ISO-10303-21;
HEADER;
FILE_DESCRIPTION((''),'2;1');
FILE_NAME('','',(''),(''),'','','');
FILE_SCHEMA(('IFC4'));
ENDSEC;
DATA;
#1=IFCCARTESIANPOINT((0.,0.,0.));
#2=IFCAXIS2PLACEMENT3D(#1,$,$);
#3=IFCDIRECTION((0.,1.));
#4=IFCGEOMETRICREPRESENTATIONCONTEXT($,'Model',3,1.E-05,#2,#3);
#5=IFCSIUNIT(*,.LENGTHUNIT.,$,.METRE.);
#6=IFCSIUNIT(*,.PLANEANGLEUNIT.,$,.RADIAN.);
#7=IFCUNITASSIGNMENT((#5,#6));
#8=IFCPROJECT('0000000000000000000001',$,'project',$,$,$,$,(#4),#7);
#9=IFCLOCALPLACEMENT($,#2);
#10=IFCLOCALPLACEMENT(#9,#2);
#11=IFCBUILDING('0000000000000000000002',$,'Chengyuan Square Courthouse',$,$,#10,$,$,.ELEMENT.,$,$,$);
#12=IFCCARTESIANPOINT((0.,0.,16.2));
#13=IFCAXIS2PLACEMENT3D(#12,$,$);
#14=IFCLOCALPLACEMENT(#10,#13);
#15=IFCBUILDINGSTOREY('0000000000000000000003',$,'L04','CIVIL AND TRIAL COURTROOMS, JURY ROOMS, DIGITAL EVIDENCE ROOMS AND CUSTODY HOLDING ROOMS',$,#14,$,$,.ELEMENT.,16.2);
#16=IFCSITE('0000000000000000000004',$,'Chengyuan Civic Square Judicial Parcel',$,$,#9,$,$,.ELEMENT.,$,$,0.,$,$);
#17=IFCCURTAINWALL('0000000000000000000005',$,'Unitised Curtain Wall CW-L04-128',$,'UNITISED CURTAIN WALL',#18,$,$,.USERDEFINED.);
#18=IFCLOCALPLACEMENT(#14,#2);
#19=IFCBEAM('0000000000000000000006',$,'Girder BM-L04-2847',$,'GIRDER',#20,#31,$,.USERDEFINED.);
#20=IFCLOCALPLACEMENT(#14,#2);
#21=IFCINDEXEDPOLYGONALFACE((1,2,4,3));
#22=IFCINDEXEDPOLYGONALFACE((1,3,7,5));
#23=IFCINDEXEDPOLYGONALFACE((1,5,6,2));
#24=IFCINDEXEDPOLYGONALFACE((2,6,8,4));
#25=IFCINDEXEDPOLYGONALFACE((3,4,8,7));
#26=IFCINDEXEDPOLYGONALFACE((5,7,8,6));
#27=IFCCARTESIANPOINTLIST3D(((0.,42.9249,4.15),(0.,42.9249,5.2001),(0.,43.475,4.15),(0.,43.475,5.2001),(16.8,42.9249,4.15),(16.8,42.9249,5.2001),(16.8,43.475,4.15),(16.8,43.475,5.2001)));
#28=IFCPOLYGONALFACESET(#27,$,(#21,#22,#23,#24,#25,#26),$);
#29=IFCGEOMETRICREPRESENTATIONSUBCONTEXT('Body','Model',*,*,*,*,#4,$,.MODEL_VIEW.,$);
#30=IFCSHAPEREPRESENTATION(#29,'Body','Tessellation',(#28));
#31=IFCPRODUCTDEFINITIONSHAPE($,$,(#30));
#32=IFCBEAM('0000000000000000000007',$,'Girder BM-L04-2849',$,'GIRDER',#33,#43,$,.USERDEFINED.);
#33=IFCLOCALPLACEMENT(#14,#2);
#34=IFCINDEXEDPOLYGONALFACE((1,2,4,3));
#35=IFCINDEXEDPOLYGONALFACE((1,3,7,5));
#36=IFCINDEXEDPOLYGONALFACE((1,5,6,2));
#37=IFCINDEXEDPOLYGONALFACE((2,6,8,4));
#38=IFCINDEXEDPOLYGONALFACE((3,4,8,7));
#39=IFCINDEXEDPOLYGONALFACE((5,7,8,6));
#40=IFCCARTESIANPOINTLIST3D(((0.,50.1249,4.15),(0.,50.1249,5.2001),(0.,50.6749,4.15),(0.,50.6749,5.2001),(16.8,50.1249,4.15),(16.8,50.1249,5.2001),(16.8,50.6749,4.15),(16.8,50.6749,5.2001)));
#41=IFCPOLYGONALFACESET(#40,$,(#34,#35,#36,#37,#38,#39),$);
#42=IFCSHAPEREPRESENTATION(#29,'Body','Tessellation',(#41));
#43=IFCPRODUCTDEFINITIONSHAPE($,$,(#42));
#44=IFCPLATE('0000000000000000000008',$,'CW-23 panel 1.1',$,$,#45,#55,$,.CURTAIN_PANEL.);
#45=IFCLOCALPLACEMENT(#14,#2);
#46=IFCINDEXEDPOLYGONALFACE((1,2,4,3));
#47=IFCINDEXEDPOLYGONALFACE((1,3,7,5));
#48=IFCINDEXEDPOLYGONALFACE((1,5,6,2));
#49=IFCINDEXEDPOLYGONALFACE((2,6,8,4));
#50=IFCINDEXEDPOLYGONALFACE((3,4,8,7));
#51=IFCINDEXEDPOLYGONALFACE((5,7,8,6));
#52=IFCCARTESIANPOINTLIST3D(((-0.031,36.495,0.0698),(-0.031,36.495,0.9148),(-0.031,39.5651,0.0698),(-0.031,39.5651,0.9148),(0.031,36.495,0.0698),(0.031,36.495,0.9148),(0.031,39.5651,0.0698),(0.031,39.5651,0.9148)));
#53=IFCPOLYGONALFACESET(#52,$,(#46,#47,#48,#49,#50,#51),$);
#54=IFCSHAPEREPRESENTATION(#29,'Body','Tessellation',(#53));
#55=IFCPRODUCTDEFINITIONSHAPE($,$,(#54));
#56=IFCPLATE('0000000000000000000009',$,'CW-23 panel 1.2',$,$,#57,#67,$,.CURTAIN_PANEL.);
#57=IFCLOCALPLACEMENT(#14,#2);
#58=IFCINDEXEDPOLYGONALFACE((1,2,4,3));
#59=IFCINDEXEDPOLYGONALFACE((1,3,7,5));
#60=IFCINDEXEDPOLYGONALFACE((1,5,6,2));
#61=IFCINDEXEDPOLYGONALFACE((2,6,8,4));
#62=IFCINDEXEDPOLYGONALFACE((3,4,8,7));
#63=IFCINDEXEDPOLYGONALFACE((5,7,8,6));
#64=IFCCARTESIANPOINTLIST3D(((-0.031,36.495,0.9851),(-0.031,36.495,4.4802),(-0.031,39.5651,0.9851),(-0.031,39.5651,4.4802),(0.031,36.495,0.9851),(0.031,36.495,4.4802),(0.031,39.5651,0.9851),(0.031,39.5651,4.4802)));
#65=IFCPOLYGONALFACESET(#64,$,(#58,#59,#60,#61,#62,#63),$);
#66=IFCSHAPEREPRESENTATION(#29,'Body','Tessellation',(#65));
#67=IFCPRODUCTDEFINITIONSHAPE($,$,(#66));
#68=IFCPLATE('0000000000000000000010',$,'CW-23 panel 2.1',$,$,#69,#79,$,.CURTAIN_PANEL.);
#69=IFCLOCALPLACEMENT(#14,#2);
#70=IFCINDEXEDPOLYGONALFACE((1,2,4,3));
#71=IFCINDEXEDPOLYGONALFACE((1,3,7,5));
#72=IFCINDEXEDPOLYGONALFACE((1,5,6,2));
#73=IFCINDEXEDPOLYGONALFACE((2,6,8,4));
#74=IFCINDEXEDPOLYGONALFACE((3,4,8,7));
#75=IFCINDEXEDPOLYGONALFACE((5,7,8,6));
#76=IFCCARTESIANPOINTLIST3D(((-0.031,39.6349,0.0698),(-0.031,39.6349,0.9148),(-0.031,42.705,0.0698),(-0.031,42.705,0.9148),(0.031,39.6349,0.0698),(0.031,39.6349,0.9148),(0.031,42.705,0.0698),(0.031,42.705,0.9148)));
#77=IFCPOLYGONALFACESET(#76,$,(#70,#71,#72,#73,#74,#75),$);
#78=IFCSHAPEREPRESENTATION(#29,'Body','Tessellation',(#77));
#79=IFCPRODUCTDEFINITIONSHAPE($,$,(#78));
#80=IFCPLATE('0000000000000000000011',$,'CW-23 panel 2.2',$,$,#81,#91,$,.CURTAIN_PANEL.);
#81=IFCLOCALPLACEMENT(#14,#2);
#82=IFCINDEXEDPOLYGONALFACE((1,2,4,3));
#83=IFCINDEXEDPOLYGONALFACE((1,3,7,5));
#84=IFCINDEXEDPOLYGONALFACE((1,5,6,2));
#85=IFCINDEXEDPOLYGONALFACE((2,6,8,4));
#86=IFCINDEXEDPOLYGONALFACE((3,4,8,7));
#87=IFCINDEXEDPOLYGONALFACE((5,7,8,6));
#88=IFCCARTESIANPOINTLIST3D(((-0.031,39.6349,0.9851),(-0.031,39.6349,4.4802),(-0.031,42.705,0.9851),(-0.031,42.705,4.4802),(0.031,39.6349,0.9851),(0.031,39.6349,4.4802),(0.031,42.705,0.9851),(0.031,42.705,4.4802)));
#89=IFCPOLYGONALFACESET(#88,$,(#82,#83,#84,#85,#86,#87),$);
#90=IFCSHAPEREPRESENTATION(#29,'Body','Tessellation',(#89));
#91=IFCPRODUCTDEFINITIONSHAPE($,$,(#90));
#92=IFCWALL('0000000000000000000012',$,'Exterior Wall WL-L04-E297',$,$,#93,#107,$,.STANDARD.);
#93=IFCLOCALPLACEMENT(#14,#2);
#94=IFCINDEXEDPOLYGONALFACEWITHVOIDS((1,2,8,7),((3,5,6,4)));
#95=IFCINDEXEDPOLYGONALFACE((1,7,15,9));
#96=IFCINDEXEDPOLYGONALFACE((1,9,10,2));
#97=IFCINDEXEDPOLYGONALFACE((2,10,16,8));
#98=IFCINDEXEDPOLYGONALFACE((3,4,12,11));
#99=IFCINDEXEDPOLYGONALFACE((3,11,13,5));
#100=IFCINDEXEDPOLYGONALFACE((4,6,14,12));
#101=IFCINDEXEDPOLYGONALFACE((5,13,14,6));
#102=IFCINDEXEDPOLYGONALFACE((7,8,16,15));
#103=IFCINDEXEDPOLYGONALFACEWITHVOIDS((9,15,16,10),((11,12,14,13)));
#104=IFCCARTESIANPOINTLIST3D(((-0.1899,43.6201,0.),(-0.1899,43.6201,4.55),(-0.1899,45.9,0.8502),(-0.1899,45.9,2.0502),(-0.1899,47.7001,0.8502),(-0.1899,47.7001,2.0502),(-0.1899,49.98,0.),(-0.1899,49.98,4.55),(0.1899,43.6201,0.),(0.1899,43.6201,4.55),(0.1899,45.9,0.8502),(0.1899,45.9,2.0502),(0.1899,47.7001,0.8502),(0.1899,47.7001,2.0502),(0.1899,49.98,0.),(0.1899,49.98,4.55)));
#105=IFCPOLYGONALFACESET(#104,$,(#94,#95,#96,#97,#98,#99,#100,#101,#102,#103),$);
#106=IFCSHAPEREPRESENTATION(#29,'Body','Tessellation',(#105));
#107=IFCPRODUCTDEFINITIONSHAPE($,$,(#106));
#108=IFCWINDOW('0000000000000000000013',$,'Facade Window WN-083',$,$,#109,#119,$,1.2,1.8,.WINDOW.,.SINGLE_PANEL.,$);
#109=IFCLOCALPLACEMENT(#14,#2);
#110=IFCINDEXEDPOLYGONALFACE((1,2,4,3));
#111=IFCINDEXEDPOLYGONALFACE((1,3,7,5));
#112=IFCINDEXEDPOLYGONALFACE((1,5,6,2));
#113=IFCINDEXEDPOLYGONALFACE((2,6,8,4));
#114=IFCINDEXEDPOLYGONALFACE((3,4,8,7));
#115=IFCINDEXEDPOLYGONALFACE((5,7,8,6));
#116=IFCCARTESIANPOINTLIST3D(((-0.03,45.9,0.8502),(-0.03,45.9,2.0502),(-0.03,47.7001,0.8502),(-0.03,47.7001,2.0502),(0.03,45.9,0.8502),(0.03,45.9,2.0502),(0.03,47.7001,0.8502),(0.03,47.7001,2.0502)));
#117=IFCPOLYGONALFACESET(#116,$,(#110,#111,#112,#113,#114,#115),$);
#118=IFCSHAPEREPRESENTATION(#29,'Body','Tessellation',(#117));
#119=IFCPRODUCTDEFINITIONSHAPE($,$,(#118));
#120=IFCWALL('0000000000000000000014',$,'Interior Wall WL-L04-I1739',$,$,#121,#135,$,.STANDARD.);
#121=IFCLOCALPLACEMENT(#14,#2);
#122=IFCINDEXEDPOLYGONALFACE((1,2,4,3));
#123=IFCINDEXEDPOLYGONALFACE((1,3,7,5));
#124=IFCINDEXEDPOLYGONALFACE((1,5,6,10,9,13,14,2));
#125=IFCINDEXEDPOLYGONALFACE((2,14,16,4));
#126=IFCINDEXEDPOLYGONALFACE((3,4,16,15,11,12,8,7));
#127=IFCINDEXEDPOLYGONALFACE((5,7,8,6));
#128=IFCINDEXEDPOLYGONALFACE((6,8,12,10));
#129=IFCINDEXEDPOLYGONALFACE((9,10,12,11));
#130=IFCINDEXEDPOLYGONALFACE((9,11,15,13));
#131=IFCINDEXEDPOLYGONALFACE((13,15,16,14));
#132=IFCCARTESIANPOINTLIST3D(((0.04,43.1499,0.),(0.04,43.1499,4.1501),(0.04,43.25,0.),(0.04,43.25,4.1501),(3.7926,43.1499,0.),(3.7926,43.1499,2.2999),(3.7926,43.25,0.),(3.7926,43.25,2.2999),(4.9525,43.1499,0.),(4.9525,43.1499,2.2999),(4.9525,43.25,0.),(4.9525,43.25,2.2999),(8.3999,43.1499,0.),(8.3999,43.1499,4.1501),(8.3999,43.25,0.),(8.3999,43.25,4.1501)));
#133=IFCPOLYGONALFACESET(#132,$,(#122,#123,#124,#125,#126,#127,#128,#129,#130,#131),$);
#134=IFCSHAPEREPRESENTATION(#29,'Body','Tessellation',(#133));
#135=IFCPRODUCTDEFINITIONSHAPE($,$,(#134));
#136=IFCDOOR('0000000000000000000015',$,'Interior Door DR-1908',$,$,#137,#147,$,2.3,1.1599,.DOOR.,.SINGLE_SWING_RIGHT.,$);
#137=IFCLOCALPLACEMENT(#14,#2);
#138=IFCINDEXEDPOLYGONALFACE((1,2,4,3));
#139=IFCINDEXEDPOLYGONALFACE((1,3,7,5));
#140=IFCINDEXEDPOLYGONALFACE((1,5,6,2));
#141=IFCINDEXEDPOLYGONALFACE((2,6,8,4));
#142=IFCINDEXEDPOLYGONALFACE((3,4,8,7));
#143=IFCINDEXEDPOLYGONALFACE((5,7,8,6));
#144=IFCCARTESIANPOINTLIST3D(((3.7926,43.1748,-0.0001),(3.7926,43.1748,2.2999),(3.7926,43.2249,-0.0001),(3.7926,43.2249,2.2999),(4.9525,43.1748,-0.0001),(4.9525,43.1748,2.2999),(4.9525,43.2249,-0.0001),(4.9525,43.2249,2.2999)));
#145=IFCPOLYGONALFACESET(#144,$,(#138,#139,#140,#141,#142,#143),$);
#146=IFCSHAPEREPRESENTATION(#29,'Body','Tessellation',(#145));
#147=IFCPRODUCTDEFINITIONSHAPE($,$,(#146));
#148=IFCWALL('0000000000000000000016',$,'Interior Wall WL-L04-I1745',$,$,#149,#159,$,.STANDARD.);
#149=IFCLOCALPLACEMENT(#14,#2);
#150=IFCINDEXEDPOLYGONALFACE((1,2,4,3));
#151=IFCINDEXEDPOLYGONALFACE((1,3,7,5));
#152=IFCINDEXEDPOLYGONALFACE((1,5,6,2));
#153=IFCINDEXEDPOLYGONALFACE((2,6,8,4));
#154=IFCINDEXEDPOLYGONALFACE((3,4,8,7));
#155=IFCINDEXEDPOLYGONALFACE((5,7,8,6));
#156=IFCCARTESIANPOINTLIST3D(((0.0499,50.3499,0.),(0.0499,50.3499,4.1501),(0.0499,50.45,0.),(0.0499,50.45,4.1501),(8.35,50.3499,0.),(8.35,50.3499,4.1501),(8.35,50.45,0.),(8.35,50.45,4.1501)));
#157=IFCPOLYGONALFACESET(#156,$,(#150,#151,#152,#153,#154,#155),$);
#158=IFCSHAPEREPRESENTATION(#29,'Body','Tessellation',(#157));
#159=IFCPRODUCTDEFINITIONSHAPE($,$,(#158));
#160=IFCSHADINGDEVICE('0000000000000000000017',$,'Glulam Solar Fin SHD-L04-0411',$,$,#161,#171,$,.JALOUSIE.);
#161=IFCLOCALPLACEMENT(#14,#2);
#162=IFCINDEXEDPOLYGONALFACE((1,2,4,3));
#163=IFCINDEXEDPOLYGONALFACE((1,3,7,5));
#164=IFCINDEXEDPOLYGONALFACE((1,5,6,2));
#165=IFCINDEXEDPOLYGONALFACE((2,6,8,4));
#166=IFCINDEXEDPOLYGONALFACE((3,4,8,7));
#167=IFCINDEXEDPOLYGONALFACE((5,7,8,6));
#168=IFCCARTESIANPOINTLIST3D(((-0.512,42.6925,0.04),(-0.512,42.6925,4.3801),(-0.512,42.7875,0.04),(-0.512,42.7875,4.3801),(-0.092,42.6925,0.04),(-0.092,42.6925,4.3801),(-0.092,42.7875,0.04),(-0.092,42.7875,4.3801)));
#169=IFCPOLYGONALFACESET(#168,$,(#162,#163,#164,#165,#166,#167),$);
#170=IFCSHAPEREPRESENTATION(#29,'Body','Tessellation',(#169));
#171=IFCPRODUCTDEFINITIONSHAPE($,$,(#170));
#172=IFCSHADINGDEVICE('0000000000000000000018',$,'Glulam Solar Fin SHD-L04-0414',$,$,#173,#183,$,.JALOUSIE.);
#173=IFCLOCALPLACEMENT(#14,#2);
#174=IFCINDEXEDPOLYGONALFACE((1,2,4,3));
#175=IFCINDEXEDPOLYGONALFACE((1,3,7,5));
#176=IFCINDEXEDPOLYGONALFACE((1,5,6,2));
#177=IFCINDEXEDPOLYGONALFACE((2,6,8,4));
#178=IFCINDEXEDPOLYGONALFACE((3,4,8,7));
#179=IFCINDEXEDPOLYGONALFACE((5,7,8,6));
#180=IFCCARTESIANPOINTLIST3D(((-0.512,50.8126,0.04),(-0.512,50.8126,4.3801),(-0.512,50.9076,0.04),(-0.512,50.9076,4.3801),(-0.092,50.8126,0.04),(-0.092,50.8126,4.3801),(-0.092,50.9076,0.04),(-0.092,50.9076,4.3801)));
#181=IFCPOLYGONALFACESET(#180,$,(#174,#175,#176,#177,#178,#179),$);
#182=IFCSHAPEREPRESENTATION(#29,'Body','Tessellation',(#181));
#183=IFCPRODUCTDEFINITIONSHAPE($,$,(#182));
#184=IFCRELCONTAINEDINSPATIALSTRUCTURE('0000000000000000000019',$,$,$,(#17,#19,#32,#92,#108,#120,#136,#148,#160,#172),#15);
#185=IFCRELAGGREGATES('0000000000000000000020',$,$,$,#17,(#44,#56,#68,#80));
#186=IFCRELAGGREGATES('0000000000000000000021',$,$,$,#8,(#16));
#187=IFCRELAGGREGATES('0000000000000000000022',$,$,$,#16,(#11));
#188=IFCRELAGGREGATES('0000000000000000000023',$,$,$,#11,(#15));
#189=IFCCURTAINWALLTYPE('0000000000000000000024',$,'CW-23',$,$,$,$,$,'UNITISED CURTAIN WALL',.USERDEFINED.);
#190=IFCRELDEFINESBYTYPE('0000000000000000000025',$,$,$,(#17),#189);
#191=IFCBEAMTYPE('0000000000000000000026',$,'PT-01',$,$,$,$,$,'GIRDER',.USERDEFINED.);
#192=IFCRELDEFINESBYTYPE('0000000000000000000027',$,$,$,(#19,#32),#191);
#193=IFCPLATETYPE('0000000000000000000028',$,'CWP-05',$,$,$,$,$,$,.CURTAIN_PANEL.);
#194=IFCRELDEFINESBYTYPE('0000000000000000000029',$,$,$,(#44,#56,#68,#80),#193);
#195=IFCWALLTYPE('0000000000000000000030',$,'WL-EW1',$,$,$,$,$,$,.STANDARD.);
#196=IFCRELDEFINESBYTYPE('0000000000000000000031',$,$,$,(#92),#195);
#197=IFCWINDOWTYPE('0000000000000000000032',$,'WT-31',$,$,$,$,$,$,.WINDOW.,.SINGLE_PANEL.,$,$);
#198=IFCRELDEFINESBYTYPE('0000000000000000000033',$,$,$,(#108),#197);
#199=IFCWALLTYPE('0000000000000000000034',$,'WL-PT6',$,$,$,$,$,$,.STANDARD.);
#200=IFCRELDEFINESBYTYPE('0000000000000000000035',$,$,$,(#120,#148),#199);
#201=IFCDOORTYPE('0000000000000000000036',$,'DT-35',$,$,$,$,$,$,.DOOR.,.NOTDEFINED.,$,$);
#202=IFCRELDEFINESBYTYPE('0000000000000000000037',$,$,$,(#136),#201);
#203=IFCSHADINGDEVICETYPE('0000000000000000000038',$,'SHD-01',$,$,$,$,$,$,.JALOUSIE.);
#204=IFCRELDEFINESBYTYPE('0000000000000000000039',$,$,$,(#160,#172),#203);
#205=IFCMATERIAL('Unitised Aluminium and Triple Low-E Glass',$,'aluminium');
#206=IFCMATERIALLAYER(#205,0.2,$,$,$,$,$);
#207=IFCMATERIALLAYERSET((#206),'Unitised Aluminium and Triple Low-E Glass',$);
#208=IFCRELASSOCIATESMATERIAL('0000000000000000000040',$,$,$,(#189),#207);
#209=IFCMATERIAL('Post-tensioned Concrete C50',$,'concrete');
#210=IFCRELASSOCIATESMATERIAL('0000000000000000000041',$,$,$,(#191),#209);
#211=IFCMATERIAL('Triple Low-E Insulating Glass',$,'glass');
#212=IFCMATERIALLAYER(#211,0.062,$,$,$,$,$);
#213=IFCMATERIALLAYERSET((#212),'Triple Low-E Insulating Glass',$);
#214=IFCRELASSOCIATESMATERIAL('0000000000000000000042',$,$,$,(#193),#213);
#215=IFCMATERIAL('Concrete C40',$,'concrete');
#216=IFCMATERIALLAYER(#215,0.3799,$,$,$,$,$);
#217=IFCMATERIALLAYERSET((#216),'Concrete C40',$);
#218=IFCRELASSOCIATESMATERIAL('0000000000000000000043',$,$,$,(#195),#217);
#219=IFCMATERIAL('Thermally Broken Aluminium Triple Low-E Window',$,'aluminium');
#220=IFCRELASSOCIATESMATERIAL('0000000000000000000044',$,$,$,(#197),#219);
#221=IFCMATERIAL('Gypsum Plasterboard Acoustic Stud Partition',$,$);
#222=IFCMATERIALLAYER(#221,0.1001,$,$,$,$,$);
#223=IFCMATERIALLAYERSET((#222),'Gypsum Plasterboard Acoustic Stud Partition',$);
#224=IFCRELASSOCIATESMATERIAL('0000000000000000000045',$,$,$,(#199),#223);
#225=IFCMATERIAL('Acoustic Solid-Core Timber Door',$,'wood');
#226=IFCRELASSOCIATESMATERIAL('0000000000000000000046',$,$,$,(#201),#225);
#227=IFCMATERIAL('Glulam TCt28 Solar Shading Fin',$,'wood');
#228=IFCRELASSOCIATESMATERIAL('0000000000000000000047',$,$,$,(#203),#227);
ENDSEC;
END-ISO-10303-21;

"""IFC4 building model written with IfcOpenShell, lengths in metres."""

from ifc_helpers import new_model, si_unit, direction, frame, frame_2d, origin, origin_2d, place, context, subcontext, project, spatial, rectangle, extrude, material, layer, layer_set, material_profile, profile_set, type_object, element, fill, aggregate, save


model = new_model("IFC4")

# Units and contexts
model_context = context("Model", 3, precision=1e-05, world=origin(), true_north=direction((0.0, 1.0)))
body_context = subcontext(model_context, "Body", "Model", "MODEL_VIEW")
ifc_project = project(units=[si_unit("LENGTHUNIT", "METRE"), si_unit("PLANEANGLEUNIT", "RADIAN")], contexts=[model_context])

# Site, building, storey
site_placement = place(None, origin())
site = spatial("IfcSite", under=ifc_project, at=site_placement, Name="Chengyuan Civic Square Judicial Parcel", CompositionType="ELEMENT", RefElevation=0.0)
building_placement = place(site_placement, origin())
building = spatial("IfcBuilding", under=site, at=building_placement, Name="Chengyuan Square Courthouse", CompositionType="ELEMENT")
storey_placement = place(building_placement, frame((0.0, 0.0, 16.2)))
storey = spatial("IfcBuildingStorey", under=building, at=storey_placement, Name="L04", Description="CIVIL AND TRIAL COURTROOMS, JURY ROOMS, DIGITAL EVIDENCE ROOMS AND CUSTODY HOLDING ROOMS", CompositionType="ELEMENT", Elevation=16.2)

# Shared definitions
ifc_material_1 = material(Name="Concrete C40", Category="concrete")

# Curtain wall
ifc_material_2 = material(Name="Unitised Aluminium and Triple Low-E Glass", Category="aluminium")
ifc_layer_1 = layer(ifc_material_2, 0.2)
ifc_layer_set_1 = layer_set([ifc_layer_1], Name="Unitised Aluminium and Triple Low-E Glass")
curtain_wall_type = type_object("IfcCurtainWallType", Name="CW-23", ElementType="UNITISED CURTAIN WALL", PredefinedType="USERDEFINED", material=ifc_layer_set_1)
curtain_wall_1_placement = place(storey_placement, origin())
curtain_wall_1 = element("IfcCurtainWall", 1, at=curtain_wall_1_placement, inside=storey, type_object=curtain_wall_type, Name="Unitised Curtain Wall CW-L04-128", ObjectType="UNITISED CURTAIN WALL", PredefinedType="USERDEFINED")

# Beams
ifc_material_3 = material(Name="Post-tensioned Concrete C50", Category="concrete")
ifc_material_profile_1 = material_profile(ifc_material_3, rectangle(XDim=0.55, YDim=1.05, at=origin_2d()), Name="PT-BM-550x1050")
ifc_profile_set_1 = profile_set([ifc_material_profile_1], Name="Post-tensioned Concrete C50")
beam_type_1 = type_object("IfcBeamType", Name="PT-01", ElementType="GIRDER", PredefinedType="USERDEFINED", material=ifc_profile_set_1)
for number, where, z_axis, x_axis, name in (
    (2, (0.0, 43.2, 4.675), (1.0, 0.0, 0.0), (0.0, 1.0, 0.0), "Girder BM-L04-2847"),
    (3, (0.0, 50.3999, 4.675), (1.0, 0.0, 0.0), (0.0, 1.0, 0.0), "Girder BM-L04-2849"),
):
    element("IfcBeam", number, at=place(storey_placement, frame(where, z_axis=z_axis, x_axis=x_axis)), inside=storey, type_object=beam_type_1, Name=name, ObjectType="GIRDER", PredefinedType="USERDEFINED", context=body_context, shape_type="SweptSolid", body=[
        extrude(rectangle(XDim=0.55, YDim=1.05, at=origin_2d()), origin(), (0.0, 0.0, 1.0), 16.8),
    ])

# Plates
ifc_material_4 = material(Name="Triple Low-E Insulating Glass", Category="glass")
ifc_layer_2 = layer(ifc_material_4, 0.062)
ifc_layer_set_2 = layer_set([ifc_layer_2], Name="Triple Low-E Insulating Glass")
plate_type = type_object("IfcPlateType", Name="CWP-05", PredefinedType="CURTAIN_PANEL", material=ifc_layer_set_2)
plate_1_placement = place(storey_placement, frame((0.0, 38.03, 0.0698), z_axis=(0.0, 0.0, 1.0), x_axis=(0.0, 1.0, 0.0)))
plate_1 = element("IfcPlate", 4, at=plate_1_placement, type_object=plate_type, Name="CW-23 panel 1.1", PredefinedType="CURTAIN_PANEL", context=body_context, shape_type="SweptSolid", body=[
    extrude(rectangle(XDim=3.0701, YDim=0.062, at=origin_2d()), origin(), (0.0, 0.0, 1.0), 0.845),
])
plate_2_placement = place(storey_placement, frame((0.0, 38.03, 0.9851), z_axis=(0.0, 0.0, 1.0), x_axis=(0.0, 1.0, 0.0)))
plate_2 = element("IfcPlate", 5, at=plate_2_placement, type_object=plate_type, Name="CW-23 panel 1.2", PredefinedType="CURTAIN_PANEL", context=body_context, shape_type="SweptSolid", body=[
    extrude(rectangle(XDim=3.0701, YDim=0.062, at=origin_2d()), origin(), (0.0, 0.0, 1.0), 3.4951),
])
plate_3_placement = place(storey_placement, frame((0.0, 41.1699, 0.0698), z_axis=(0.0, 0.0, 1.0), x_axis=(0.0, 1.0, 0.0)))
plate_3 = element("IfcPlate", 6, at=plate_3_placement, type_object=plate_type, Name="CW-23 panel 2.1", PredefinedType="CURTAIN_PANEL", context=body_context, shape_type="SweptSolid", body=[
    extrude(rectangle(XDim=3.0701, YDim=0.062, at=origin_2d()), origin(), (0.0, 0.0, 1.0), 0.845),
])
plate_4_placement = place(storey_placement, frame((0.0, 41.1699, 0.9851), z_axis=(0.0, 0.0, 1.0), x_axis=(0.0, 1.0, 0.0)))
plate_4 = element("IfcPlate", 7, at=plate_4_placement, type_object=plate_type, Name="CW-23 panel 2.2", PredefinedType="CURTAIN_PANEL", context=body_context, shape_type="SweptSolid", body=[
    extrude(rectangle(XDim=3.0701, YDim=0.062, at=origin_2d()), origin(), (0.0, 0.0, 1.0), 3.4951),
])
aggregate(curtain_wall_1, [plate_1, plate_2, plate_3, plate_4])

# Wall, opening, window
ifc_layer_3 = layer(ifc_material_1, 0.3799)
ifc_layer_set_3 = layer_set([ifc_layer_3], Name="Concrete C40")
wall_type_1 = type_object("IfcWallType", Name="WL-EW1", PredefinedType="STANDARD", material=ifc_layer_set_3)
wall_1_placement = place(storey_placement, frame((0.0, 43.6201, 0.0), z_axis=(0.0, 0.0, 1.0), x_axis=(0.0, 1.0, 0.0)))
wall_1 = element("IfcWall", 8, at=wall_1_placement, inside=storey, type_object=wall_type_1, Name="Exterior Wall WL-L04-E297", PredefinedType="STANDARD", context=body_context, shape_type="SweptSolid", body=[
    extrude(rectangle(XDim=6.3599, YDim=0.3799, at=frame_2d((3.1799, 0.0))), origin(), (0.0, 0.0, 1.0), 4.55),
])
opening_1_placement = place(wall_1_placement, frame((2.28, 0.0, 0.8501)))
opening_1 = element("IfcOpeningElement", 9, at=opening_1_placement, cuts=wall_1, PredefinedType="OPENING", context=body_context, shape_type="SweptSolid", body=[
    extrude(rectangle(XDim=1.8, YDim=1.2, at=frame_2d((0.8999, 0.6001))), frame((0.0, 0.2019, 0.0), z_axis=(0.0, -1.0, 0.0), x_axis=(1.0, 0.0, 0.0)), (0.0, 0.0, 1.0), 0.4038),
])
ifc_material_5 = material(Name="Thermally Broken Aluminium Triple Low-E Window", Category="aluminium")
window_type = type_object("IfcWindowType", Name="WT-31", PartitioningType="SINGLE_PANEL", PredefinedType="WINDOW", material=ifc_material_5)
window_placement = place(opening_1_placement, origin())
window = element("IfcWindow", 10, at=window_placement, inside=storey, type_object=window_type, Name="Facade Window WN-083", OverallHeight=1.2, OverallWidth=1.8, PartitioningType="SINGLE_PANEL", PredefinedType="WINDOW", context=body_context, shape_type="SweptSolid", body=[
    extrude(rectangle(XDim=1.8, YDim=1.2, at=frame_2d((0.8999, 0.6001))), frame((0.0, 0.03, 0.0), z_axis=(0.0, -1.0, 0.0), x_axis=(1.0, 0.0, 0.0)), (0.0, 0.0, 1.0), 0.0601),
])
fill(opening_1, window)

# Wall, opening, door
ifc_material_6 = material(Name="Gypsum Plasterboard Acoustic Stud Partition")
ifc_layer_4 = layer(ifc_material_6, 0.1001)
ifc_layer_set_4 = layer_set([ifc_layer_4], Name="Gypsum Plasterboard Acoustic Stud Partition")
wall_type_2 = type_object("IfcWallType", Name="WL-PT6", PredefinedType="STANDARD", material=ifc_layer_set_4)
wall_2_placement = place(storey_placement, frame((0.04, 43.2, 0.0), z_axis=(0.0, 0.0, 1.0), x_axis=(1.0, 0.0, 0.0)))
wall_2 = element("IfcWall", 11, at=wall_2_placement, inside=storey, type_object=wall_type_2, Name="Interior Wall WL-L04-I1739", PredefinedType="STANDARD", context=body_context, shape_type="SweptSolid", body=[
    extrude(rectangle(XDim=8.3599, YDim=0.1001, at=frame_2d((4.1799, 0.0))), origin(), (0.0, 0.0, 1.0), 4.1501),
])
opening_2_placement = place(wall_2_placement, frame((3.7524, 0.0, 0.0)))
opening_2 = element("IfcOpeningElement", 12, at=opening_2_placement, cuts=wall_2, PredefinedType="OPENING", context=body_context, shape_type="SweptSolid", body=[
    extrude(rectangle(XDim=1.1599, YDim=2.3, at=frame_2d((0.5801, 1.1499))), frame((0.0, 0.062, 0.0), z_axis=(0.0, -1.0, 0.0), x_axis=(1.0, 0.0, 0.0)), (0.0, 0.0, 1.0), 0.124),
])
ifc_material_7 = material(Name="Acoustic Solid-Core Timber Door", Category="wood")
door_type = type_object("IfcDoorType", Name="DT-35", OperationType="NOTDEFINED", PredefinedType="DOOR", material=ifc_material_7)
door_placement = place(opening_2_placement, origin())
door = element("IfcDoor", 13, at=door_placement, inside=storey, type_object=door_type, Name="Interior Door DR-1908", OperationType="SINGLE_SWING_RIGHT", OverallHeight=2.3, OverallWidth=1.1599, PredefinedType="DOOR", context=body_context, shape_type="SweptSolid", body=[
    extrude(rectangle(XDim=1.1599, YDim=2.3, at=frame_2d((0.5801, 1.1499))), frame((0.0, 0.0249, 0.0), z_axis=(0.0, -1.0, 0.0), x_axis=(1.0, 0.0, 0.0)), (0.0, 0.0, 1.0), 0.05),
])
fill(opening_2, door)

# Wall
wall_3_placement = place(storey_placement, frame((0.05, 50.3999, 0.0), z_axis=(0.0, 0.0, 1.0), x_axis=(1.0, 0.0, 0.0)))
element("IfcWall", 14, at=wall_3_placement, inside=storey, type_object=wall_type_2, Name="Interior Wall WL-L04-I1745", PredefinedType="STANDARD", context=body_context, shape_type="SweptSolid", body=[
    extrude(rectangle(XDim=8.3, YDim=0.1001, at=frame_2d((4.1499, 0.0))), origin(), (0.0, 0.0, 1.0), 4.1501),
])

# Shading devices
ifc_material_8 = material(Name="Glulam TCt28 Solar Shading Fin", Category="wood")
shading_device_type_1 = type_object("IfcShadingDeviceType", Name="SHD-01", PredefinedType="JALOUSIE", material=ifc_material_8)
for number, where, z_axis, x_axis, name in (
    (15, (-0.302, 42.74, 0.04), (0.0, 0.0, 1.0), (1.0, 0.0, 0.0), "Glulam Solar Fin SHD-L04-0411"),
    (16, (-0.302, 50.8601, 0.04), (0.0, 0.0, 1.0), (1.0, 0.0, 0.0), "Glulam Solar Fin SHD-L04-0414"),
):
    element("IfcShadingDevice", number, at=place(storey_placement, frame(where, z_axis=z_axis, x_axis=x_axis)), inside=storey, type_object=shading_device_type_1, Name=name, PredefinedType="JALOUSIE", context=body_context, shape_type="SweptSolid", body=[
        extrude(rectangle(XDim=0.4199, YDim=0.095, at=origin_2d()), origin(), (0.0, 0.0, 1.0), 4.3401),
    ])

save(model, "model.ifc")
